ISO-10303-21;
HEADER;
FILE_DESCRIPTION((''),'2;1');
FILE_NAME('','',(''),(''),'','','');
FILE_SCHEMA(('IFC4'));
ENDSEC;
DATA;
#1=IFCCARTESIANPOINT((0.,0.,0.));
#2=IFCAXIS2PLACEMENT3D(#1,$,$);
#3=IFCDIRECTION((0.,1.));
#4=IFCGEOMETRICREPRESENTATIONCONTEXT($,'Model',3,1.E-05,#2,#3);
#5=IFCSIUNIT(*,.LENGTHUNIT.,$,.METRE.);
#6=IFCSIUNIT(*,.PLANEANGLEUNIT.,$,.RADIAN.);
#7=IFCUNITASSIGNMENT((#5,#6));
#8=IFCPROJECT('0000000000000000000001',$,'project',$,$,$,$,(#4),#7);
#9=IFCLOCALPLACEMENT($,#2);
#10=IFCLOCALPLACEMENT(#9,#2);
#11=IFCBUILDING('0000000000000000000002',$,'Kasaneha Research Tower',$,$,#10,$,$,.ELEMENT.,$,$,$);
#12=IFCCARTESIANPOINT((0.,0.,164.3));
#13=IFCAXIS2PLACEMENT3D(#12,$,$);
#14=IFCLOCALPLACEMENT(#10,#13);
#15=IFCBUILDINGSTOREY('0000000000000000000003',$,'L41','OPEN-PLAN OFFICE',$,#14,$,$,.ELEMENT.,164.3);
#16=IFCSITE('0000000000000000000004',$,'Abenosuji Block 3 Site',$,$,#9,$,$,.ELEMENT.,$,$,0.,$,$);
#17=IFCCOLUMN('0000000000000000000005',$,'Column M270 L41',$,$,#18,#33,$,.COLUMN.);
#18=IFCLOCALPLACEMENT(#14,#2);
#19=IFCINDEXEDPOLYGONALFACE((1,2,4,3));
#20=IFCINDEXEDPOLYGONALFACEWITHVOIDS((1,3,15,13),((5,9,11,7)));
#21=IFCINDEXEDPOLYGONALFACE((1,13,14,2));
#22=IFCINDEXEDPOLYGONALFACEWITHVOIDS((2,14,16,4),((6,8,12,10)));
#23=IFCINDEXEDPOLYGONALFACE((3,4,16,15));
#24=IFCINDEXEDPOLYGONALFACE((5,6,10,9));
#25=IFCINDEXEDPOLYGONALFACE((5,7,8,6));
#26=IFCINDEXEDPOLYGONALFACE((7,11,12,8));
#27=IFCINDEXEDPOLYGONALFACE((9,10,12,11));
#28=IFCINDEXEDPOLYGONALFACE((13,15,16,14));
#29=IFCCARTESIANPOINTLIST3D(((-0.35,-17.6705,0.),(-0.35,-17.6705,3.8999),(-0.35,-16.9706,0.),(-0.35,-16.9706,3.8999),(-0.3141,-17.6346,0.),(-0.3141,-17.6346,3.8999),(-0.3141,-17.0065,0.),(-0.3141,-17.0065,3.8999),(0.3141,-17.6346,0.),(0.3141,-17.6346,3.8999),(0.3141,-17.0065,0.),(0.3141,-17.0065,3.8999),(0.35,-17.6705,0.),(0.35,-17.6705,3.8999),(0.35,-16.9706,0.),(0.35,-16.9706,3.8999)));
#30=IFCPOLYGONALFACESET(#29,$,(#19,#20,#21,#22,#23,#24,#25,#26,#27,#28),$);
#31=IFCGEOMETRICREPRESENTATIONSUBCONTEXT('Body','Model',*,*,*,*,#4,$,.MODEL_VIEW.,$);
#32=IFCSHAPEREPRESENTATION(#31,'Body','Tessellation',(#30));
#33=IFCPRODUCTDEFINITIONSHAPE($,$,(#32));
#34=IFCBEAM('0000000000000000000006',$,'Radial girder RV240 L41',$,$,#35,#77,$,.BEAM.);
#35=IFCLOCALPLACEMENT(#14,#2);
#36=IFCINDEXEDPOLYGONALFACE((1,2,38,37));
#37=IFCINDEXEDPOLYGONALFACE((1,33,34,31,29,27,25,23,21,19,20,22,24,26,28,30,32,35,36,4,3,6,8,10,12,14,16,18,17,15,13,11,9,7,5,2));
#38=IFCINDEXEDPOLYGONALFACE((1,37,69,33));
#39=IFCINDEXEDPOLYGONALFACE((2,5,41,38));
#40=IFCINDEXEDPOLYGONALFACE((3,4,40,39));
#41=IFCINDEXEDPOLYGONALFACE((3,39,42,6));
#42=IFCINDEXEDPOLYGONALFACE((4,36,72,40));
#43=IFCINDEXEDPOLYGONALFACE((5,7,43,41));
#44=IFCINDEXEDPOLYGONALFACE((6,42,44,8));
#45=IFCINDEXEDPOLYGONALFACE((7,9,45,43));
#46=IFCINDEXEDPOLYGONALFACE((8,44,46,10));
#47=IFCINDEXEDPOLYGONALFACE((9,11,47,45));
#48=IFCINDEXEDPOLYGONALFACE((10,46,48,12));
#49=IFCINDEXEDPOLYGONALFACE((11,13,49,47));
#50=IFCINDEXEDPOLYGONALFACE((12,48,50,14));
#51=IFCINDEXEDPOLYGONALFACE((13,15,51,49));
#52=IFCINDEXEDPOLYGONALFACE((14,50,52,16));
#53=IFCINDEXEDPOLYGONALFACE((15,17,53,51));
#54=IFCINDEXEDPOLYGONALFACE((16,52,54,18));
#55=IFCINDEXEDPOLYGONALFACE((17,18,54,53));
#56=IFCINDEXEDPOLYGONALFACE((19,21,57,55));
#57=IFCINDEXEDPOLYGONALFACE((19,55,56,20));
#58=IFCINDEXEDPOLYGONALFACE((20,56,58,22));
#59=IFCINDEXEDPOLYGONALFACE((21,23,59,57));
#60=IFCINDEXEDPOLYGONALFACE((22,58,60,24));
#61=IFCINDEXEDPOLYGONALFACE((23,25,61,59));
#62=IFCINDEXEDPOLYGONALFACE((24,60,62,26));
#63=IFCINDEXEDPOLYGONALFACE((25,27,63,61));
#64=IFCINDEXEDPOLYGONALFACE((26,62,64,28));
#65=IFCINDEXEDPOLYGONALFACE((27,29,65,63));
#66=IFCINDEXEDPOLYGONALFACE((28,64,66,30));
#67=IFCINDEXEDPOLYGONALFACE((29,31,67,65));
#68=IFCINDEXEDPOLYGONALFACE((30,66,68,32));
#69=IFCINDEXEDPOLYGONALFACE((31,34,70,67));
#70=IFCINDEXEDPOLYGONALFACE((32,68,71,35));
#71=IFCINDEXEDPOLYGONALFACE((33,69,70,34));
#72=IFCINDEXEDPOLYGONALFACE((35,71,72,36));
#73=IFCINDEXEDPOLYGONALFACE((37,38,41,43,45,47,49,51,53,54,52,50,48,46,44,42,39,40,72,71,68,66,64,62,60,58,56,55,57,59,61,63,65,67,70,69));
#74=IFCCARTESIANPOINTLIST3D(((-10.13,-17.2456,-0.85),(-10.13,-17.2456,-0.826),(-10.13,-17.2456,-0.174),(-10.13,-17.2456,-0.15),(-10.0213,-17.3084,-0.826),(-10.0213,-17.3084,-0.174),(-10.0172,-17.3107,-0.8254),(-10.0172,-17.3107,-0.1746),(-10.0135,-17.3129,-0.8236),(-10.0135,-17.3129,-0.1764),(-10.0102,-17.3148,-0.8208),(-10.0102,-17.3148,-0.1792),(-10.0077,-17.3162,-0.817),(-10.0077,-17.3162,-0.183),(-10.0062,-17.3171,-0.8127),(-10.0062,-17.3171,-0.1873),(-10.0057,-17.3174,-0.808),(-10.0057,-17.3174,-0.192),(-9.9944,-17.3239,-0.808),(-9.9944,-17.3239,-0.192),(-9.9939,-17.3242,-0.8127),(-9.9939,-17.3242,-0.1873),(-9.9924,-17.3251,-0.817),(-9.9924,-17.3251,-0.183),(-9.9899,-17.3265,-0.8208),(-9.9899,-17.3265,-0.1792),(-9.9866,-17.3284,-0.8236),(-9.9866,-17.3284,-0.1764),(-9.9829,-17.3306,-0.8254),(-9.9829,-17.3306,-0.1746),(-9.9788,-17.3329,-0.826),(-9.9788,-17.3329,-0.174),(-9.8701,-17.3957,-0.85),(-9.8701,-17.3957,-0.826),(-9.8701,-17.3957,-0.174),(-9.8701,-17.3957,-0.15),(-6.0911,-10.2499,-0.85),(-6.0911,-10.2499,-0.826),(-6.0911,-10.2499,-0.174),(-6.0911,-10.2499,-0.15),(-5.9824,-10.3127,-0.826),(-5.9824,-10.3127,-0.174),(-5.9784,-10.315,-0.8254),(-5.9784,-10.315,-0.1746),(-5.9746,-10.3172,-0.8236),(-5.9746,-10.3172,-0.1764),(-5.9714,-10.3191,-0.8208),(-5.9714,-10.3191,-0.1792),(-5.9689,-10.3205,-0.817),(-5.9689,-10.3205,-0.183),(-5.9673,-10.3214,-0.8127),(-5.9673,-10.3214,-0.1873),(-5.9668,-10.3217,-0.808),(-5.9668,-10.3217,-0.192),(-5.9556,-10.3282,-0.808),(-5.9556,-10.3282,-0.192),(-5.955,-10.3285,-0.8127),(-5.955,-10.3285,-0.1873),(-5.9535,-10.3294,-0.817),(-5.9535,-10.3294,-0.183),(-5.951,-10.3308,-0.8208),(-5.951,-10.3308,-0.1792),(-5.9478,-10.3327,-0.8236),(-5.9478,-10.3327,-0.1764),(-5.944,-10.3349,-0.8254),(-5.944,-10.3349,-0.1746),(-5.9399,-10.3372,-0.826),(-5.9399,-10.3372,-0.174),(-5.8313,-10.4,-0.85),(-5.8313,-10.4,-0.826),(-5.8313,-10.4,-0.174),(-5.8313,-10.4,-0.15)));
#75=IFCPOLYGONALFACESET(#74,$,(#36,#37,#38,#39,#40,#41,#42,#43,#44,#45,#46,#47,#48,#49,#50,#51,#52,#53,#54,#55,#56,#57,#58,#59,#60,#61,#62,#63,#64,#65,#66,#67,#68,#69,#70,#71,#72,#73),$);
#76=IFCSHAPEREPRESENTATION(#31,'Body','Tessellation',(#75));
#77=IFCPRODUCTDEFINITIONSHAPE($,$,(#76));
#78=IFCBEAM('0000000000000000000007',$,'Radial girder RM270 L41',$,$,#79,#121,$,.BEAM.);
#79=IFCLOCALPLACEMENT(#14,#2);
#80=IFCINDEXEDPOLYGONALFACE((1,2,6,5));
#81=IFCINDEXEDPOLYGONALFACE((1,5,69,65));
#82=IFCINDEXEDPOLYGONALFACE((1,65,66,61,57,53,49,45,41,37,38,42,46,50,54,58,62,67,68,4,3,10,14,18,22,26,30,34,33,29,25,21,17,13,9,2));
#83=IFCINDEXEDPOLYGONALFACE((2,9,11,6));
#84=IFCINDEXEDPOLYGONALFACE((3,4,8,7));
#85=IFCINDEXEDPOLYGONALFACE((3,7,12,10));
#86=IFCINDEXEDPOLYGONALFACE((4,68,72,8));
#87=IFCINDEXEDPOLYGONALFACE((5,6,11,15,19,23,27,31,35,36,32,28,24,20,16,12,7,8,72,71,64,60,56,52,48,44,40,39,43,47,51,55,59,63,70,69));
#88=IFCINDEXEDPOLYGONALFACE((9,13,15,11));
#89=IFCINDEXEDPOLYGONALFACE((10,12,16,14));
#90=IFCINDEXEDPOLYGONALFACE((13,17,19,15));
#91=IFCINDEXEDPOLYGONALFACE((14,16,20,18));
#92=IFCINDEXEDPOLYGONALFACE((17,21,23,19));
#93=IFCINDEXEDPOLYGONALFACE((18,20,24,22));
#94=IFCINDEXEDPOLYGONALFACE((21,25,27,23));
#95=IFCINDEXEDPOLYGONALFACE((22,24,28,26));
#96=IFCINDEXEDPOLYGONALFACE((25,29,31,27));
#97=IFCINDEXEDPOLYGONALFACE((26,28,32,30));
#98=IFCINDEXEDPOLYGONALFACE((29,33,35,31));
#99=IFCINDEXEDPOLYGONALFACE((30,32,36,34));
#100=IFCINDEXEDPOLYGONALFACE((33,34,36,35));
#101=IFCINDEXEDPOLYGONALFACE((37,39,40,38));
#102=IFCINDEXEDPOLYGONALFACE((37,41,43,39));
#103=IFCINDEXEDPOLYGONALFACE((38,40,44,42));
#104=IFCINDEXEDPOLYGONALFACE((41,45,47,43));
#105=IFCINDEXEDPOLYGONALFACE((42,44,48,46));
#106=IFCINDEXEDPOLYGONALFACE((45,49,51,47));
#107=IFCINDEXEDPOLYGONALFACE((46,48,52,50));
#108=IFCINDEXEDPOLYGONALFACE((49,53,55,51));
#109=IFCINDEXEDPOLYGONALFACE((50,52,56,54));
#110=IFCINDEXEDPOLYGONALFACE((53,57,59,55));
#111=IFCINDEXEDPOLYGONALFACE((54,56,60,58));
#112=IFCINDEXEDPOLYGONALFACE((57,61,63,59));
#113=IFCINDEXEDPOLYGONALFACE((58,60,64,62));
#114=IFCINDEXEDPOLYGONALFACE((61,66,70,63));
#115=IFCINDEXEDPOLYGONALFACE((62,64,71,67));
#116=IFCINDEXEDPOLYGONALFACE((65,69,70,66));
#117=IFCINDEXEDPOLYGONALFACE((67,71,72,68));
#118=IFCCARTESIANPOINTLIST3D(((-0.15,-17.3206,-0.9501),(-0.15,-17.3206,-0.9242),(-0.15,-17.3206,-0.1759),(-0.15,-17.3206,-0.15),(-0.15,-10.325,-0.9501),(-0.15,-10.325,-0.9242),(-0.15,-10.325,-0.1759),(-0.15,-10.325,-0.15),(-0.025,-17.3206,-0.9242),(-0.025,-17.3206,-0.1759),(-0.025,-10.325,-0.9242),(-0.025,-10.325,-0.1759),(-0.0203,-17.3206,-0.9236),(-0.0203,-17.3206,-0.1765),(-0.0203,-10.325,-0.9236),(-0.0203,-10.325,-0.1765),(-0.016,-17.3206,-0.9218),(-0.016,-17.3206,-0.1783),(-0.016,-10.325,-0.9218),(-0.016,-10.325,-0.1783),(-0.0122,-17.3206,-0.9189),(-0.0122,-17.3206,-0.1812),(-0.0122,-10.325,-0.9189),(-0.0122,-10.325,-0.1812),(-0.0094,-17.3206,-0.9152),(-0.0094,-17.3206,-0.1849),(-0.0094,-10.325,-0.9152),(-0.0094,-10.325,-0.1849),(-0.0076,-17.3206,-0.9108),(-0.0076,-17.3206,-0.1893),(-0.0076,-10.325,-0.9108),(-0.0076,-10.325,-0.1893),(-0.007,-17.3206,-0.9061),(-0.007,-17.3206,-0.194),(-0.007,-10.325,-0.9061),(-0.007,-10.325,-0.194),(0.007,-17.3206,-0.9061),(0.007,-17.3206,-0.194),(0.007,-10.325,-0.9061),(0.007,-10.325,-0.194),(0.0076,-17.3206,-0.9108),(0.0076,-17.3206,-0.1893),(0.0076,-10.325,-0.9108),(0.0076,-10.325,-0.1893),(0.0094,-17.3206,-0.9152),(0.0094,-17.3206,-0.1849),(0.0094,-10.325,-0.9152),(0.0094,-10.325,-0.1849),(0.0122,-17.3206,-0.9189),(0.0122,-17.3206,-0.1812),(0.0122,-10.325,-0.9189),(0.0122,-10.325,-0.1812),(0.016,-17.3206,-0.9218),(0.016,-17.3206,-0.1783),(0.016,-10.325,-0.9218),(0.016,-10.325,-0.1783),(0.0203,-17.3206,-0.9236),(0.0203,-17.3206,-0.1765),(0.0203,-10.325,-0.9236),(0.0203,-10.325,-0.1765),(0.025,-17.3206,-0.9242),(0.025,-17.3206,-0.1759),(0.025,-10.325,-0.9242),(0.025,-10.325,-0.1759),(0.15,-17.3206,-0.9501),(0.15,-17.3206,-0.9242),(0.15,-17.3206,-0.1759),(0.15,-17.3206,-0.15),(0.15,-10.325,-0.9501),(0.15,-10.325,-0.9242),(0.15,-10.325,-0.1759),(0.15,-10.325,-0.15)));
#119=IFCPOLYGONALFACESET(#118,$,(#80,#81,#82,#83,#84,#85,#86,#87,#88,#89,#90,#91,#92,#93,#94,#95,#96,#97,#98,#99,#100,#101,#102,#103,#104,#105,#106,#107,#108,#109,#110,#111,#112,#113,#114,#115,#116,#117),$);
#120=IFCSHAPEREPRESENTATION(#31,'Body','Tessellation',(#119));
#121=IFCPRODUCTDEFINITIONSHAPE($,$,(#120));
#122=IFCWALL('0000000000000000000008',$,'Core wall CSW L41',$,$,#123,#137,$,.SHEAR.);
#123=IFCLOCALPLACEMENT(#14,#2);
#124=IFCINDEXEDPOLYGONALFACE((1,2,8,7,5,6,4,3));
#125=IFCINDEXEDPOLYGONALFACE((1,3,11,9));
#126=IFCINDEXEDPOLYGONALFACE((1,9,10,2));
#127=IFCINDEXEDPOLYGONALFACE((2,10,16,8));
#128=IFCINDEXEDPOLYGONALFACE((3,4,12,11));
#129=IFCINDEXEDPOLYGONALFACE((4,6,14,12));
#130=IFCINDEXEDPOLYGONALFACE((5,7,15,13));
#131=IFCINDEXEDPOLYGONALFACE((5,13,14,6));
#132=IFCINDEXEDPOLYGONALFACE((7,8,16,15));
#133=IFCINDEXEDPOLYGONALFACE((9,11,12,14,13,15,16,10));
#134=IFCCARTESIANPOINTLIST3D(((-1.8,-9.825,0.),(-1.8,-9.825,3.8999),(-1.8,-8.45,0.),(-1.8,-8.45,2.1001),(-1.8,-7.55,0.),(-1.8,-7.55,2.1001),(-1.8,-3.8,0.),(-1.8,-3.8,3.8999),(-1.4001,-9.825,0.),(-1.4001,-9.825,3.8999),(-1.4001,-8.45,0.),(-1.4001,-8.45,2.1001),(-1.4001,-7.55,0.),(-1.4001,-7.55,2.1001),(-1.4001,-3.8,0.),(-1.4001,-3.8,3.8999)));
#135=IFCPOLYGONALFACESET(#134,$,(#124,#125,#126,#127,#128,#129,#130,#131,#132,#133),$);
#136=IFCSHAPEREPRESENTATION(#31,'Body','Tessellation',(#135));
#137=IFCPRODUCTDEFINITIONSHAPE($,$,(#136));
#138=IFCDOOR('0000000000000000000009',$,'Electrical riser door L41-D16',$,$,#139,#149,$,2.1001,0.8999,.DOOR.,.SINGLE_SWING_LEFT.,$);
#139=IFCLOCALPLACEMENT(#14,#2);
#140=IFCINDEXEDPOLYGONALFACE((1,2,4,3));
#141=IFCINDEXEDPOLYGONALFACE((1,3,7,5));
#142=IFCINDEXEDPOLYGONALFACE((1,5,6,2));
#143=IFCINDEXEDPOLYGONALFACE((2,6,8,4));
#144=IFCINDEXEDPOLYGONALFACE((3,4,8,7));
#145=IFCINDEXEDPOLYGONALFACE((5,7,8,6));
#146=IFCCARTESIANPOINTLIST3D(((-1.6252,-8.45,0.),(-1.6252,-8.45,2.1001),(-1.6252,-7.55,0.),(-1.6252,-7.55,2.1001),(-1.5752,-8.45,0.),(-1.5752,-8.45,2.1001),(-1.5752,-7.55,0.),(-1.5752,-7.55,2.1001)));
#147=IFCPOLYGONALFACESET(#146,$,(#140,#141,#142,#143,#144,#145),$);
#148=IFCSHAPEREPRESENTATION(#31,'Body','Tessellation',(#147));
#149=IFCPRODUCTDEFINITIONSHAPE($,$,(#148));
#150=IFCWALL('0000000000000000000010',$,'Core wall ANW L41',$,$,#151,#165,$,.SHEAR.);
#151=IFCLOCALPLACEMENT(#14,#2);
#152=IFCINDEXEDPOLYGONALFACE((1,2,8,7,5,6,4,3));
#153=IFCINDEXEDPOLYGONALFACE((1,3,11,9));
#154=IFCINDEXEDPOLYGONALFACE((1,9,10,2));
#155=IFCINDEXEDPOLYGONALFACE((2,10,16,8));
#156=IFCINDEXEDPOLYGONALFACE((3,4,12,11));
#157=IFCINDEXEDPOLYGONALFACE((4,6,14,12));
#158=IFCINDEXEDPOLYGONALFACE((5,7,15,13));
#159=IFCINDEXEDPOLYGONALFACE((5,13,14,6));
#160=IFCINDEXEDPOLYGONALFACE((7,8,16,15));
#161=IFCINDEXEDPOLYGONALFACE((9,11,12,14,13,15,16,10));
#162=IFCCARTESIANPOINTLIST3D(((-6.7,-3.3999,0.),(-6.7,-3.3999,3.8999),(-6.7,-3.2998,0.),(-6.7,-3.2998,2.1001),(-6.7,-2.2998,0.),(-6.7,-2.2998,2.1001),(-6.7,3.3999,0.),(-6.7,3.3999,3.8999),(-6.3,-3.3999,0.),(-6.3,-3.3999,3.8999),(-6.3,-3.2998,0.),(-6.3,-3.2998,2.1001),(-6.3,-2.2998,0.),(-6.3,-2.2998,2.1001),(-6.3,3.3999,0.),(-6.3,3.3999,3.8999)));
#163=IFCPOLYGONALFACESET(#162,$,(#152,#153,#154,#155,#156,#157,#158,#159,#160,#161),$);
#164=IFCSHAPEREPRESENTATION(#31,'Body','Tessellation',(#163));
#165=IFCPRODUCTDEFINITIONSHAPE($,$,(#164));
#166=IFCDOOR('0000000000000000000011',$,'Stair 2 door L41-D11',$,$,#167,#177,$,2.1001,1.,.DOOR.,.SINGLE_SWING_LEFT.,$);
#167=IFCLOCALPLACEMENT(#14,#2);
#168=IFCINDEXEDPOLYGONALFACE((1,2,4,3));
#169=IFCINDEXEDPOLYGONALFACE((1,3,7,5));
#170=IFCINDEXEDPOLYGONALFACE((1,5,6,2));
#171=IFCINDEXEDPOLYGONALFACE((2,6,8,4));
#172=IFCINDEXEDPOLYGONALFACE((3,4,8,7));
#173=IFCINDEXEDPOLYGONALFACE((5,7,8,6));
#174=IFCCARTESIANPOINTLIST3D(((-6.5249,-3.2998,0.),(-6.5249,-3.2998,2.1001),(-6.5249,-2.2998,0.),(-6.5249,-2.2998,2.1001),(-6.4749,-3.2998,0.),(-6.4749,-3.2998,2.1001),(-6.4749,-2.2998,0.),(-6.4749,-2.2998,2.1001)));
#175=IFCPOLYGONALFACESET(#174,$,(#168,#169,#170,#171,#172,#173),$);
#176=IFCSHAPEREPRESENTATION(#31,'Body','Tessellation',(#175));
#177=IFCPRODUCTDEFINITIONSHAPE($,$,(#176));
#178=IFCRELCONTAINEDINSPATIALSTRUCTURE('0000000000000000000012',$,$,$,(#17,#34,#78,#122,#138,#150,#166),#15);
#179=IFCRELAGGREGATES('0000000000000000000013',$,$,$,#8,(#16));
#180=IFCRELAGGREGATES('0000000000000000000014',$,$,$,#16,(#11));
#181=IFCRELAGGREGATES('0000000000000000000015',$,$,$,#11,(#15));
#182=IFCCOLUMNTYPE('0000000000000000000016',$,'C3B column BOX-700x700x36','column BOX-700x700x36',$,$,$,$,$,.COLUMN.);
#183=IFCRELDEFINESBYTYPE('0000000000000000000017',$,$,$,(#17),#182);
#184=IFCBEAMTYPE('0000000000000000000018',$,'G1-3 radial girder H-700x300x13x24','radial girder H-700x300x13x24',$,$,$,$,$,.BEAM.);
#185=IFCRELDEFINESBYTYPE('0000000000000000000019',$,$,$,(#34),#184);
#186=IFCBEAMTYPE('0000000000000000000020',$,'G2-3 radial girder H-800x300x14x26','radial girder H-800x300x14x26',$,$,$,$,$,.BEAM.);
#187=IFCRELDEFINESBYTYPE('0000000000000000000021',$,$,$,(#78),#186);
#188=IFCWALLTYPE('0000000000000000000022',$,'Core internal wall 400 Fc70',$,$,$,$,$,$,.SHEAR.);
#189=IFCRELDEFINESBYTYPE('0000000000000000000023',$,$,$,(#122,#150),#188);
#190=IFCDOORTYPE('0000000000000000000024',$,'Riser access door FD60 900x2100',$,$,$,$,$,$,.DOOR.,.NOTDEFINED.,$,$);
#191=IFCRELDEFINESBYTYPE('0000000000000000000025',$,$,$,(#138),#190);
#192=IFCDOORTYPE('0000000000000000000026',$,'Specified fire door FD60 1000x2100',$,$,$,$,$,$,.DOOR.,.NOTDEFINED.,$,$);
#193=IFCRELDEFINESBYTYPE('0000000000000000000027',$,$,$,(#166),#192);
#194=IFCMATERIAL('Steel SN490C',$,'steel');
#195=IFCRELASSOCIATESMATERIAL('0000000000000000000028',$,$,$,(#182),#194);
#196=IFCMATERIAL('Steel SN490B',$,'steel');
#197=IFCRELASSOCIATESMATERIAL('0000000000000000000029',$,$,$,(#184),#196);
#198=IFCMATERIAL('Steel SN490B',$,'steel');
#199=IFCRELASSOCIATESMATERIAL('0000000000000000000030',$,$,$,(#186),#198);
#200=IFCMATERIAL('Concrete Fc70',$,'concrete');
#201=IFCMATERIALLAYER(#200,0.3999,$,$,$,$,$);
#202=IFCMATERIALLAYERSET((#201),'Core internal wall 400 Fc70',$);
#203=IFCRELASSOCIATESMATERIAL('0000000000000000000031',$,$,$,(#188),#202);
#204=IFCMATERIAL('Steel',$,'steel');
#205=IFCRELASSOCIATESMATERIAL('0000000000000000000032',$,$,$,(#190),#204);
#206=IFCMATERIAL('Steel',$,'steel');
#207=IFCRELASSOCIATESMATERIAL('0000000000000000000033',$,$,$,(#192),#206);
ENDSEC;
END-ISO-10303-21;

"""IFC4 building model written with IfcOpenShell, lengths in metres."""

from ifc_helpers import new_model, si_unit, direction, frame, frame_2d, origin, origin_2d, place, context, subcontext, project, spatial, rectangle, hollow_rectangle, i_section, extrude, material, layer, layer_set, material_profile, profile_set, type_object, element, fill, save


model = new_model("IFC4")

# Units and contexts
model_context = context("Model", 3, precision=1e-05, world=origin(), true_north=direction((0.0, 1.0)))
body_context = subcontext(model_context, "Body", "Model", "MODEL_VIEW")
ifc_project = project(units=[si_unit("LENGTHUNIT", "METRE"), si_unit("PLANEANGLEUNIT", "RADIAN")], contexts=[model_context])

# Site, building, storey
site_placement = place(None, origin())
site = spatial("IfcSite", under=ifc_project, at=site_placement, Name="Abenosuji Block 3 Site", CompositionType="ELEMENT", RefElevation=0.0)
building_placement = place(site_placement, origin())
building = spatial("IfcBuilding", under=site, at=building_placement, Name="Kasaneha Research Tower", CompositionType="ELEMENT")
storey_placement = place(building_placement, frame((0.0, 0.0, 164.3)))
storey = spatial("IfcBuildingStorey", under=building, at=storey_placement, Name="L41", Description="OPEN-PLAN OFFICE", CompositionType="ELEMENT", Elevation=164.3)

# Column
ifc_material_1 = material(Name="Steel SN490C", Category="steel")
ifc_material_profile_1 = material_profile(ifc_material_1, hollow_rectangle(XDim=0.7, YDim=0.7, WallThickness=0.0359, at=origin_2d()), Name="BOX-700x700x36")
ifc_profile_set_1 = profile_set([ifc_material_profile_1], Name="Steel SN490C")
column_type = type_object("IfcColumnType", Name="C3B column BOX-700x700x36", Description="column BOX-700x700x36", PredefinedType="COLUMN", material=ifc_profile_set_1)
column_placement = place(storey_placement, frame((0.0, -17.3206, 0.0), z_axis=(0.0, 0.0, 1.0), x_axis=(1.0, 0.0, 0.0)))
element("IfcColumn", 1, at=column_placement, inside=storey, type_object=column_type, Name="Column M270 L41", PredefinedType="COLUMN", context=body_context, shape_type="SweptSolid", body=[
    extrude(hollow_rectangle(XDim=0.7, YDim=0.7, WallThickness=0.0359, at=origin_2d()), origin(), (0.0, 0.0, 1.0), 3.8999),
])

# Beams
ifc_material_2 = material(Name="Steel SN490B", Category="steel")
ifc_material_profile_2 = material_profile(ifc_material_2, i_section(OverallWidth=0.3, OverallDepth=0.7, WebThickness=0.0129, FlangeThickness=0.0239, FilletRadius=0.0181, at=origin_2d()), Name="H-700x300x13x24")
ifc_profile_set_2 = profile_set([ifc_material_profile_2], Name="Steel SN490B")
beam_type_1 = type_object("IfcBeamType", Name="G1-3 radial girder H-700x300x13x24", Description="radial girder H-700x300x13x24", PredefinedType="BEAM", material=ifc_profile_set_2)
beam_1_placement = place(storey_placement, frame((-5.9612, -10.325, -0.5), z_axis=(-0.499991, -0.866031, 0.0), x_axis=(0.866031, -0.499991, 0.0)))
element("IfcBeam", 2, at=beam_1_placement, inside=storey, type_object=beam_type_1, Name="Radial girder RV240 L41", PredefinedType="BEAM", context=body_context, shape_type="SweptSolid", body=[
    extrude(i_section(OverallWidth=0.3, OverallDepth=0.7, WebThickness=0.0129, FlangeThickness=0.0239, FilletRadius=0.0181, at=origin_2d()), origin(), (0.0, 0.0, 1.0), 8.0779),
])
ifc_material_3 = material(Name="Steel SN490B", Category="steel")
ifc_material_profile_3 = material_profile(ifc_material_3, i_section(OverallWidth=0.3, OverallDepth=0.8, WebThickness=0.0139, FlangeThickness=0.0259, FilletRadius=0.0181, at=origin_2d()), Name="H-800x300x14x26")
ifc_profile_set_3 = profile_set([ifc_material_profile_3], Name="Steel SN490B")
beam_type_2 = type_object("IfcBeamType", Name="G2-3 radial girder H-800x300x14x26", Description="radial girder H-800x300x14x26", PredefinedType="BEAM", material=ifc_profile_set_3)
beam_2_placement = place(storey_placement, frame((0.0, -10.325, -0.55), z_axis=(0.0, -1.0, 0.0), x_axis=(1.0, 0.0, 0.0)))
element("IfcBeam", 3, at=beam_2_placement, inside=storey, type_object=beam_type_2, Name="Radial girder RM270 L41", PredefinedType="BEAM", context=body_context, shape_type="SweptSolid", body=[
    extrude(i_section(OverallWidth=0.3, OverallDepth=0.8, WebThickness=0.0139, FlangeThickness=0.0259, FilletRadius=0.0181, at=origin_2d()), origin(), (0.0, 0.0, 1.0), 6.9956),
])

# Walls, openings, doors
ifc_material_4 = material(Name="Concrete Fc70", Category="concrete")
ifc_layer_1 = layer(ifc_material_4, 0.3999)
ifc_layer_set_1 = layer_set([ifc_layer_1], Name="Core internal wall 400 Fc70")
wall_type_1 = type_object("IfcWallType", Name="Core internal wall 400 Fc70", PredefinedType="SHEAR", material=ifc_layer_set_1)
wall_1_placement = place(storey_placement, frame((-1.6001, -3.8, 0.0), z_axis=(0.0, 0.0, 1.0), x_axis=(0.0, -1.0, 0.0)))
wall_1 = element("IfcWall", 4, at=wall_1_placement, inside=storey, type_object=wall_type_1, Name="Core wall CSW L41", PredefinedType="SHEAR", context=body_context, shape_type="SweptSolid", body=[
    extrude(rectangle(XDim=6.0249, YDim=0.3999, at=frame_2d((3.0125, 0.0))), origin(), (0.0, 0.0, 1.0), 3.8999),
])
opening_1_placement = place(wall_1_placement, frame((3.75, 0.0, 0.0)))
opening_1 = element("IfcOpeningElement", 5, at=opening_1_placement, cuts=wall_1, PredefinedType="OPENING", context=body_context, shape_type="SweptSolid", body=[
    extrude(rectangle(XDim=0.8999, YDim=2.1001, at=frame_2d((0.45, 1.05))), frame((0.0, 0.21, 0.0), z_axis=(0.0, -1.0, 0.0), x_axis=(1.0, 0.0, 0.0)), (0.0, 0.0, 1.0), 0.4199),
])
ifc_material_5 = material(Name="Steel", Category="steel")
door_type_1 = type_object("IfcDoorType", Name="Riser access door FD60 900x2100", OperationType="NOTDEFINED", PredefinedType="DOOR", material=ifc_material_5)
door_1_placement = place(opening_1_placement, origin())
door_1 = element("IfcDoor", 6, at=door_1_placement, inside=storey, type_object=door_type_1, Name="Electrical riser door L41-D16", OperationType="SINGLE_SWING_LEFT", OverallHeight=2.1001, OverallWidth=0.8999, PredefinedType="DOOR", context=body_context, shape_type="SweptSolid", body=[
    extrude(rectangle(XDim=0.8999, YDim=2.1001, at=frame_2d((0.45, 1.05))), frame((0.0, 0.0249, 0.0), z_axis=(0.0, -1.0, 0.0), x_axis=(1.0, 0.0, 0.0)), (0.0, 0.0, 1.0), 0.05),
])
fill(opening_1, door_1)
wall_2_placement = place(storey_placement, frame((-6.5, -3.3999, 0.0), z_axis=(0.0, 0.0, 1.0), x_axis=(0.0, 1.0, 0.0)))
wall_2 = element("IfcWall", 7, at=wall_2_placement, inside=storey, type_object=wall_type_1, Name="Core wall ANW L41", PredefinedType="SHEAR", context=body_context, shape_type="SweptSolid", body=[
    extrude(rectangle(XDim=6.7998, YDim=0.3999, at=frame_2d((3.3999, 0.0))), origin(), (0.0, 0.0, 1.0), 3.8999),
])
opening_2_placement = place(wall_2_placement, frame((0.1001, 0.0, 0.0)))
opening_2 = element("IfcOpeningElement", 8, at=opening_2_placement, cuts=wall_2, PredefinedType="OPENING", context=body_context, shape_type="SweptSolid", body=[
    extrude(rectangle(XDim=1.0, YDim=2.1001, at=frame_2d((0.5, 1.05))), frame((0.0, 0.21, 0.0), z_axis=(0.0, -1.0, 0.0), x_axis=(1.0, 0.0, 0.0)), (0.0, 0.0, 1.0), 0.4199),
])
ifc_material_6 = material(Name="Steel", Category="steel")
door_type_2 = type_object("IfcDoorType", Name="Specified fire door FD60 1000x2100", OperationType="NOTDEFINED", PredefinedType="DOOR", material=ifc_material_6)
door_2_placement = place(opening_2_placement, origin())
door_2 = element("IfcDoor", 9, at=door_2_placement, inside=storey, type_object=door_type_2, Name="Stair 2 door L41-D11", OperationType="SINGLE_SWING_LEFT", OverallHeight=2.1001, OverallWidth=1.0, PredefinedType="DOOR", context=body_context, shape_type="SweptSolid", body=[
    extrude(rectangle(XDim=1.0, YDim=2.1001, at=frame_2d((0.5, 1.05))), frame((0.0, 0.0249, 0.0), z_axis=(0.0, -1.0, 0.0), x_axis=(1.0, 0.0, 0.0)), (0.0, 0.0, 1.0), 0.05),
])
fill(opening_2, door_2)

save(model, "model.ifc")
